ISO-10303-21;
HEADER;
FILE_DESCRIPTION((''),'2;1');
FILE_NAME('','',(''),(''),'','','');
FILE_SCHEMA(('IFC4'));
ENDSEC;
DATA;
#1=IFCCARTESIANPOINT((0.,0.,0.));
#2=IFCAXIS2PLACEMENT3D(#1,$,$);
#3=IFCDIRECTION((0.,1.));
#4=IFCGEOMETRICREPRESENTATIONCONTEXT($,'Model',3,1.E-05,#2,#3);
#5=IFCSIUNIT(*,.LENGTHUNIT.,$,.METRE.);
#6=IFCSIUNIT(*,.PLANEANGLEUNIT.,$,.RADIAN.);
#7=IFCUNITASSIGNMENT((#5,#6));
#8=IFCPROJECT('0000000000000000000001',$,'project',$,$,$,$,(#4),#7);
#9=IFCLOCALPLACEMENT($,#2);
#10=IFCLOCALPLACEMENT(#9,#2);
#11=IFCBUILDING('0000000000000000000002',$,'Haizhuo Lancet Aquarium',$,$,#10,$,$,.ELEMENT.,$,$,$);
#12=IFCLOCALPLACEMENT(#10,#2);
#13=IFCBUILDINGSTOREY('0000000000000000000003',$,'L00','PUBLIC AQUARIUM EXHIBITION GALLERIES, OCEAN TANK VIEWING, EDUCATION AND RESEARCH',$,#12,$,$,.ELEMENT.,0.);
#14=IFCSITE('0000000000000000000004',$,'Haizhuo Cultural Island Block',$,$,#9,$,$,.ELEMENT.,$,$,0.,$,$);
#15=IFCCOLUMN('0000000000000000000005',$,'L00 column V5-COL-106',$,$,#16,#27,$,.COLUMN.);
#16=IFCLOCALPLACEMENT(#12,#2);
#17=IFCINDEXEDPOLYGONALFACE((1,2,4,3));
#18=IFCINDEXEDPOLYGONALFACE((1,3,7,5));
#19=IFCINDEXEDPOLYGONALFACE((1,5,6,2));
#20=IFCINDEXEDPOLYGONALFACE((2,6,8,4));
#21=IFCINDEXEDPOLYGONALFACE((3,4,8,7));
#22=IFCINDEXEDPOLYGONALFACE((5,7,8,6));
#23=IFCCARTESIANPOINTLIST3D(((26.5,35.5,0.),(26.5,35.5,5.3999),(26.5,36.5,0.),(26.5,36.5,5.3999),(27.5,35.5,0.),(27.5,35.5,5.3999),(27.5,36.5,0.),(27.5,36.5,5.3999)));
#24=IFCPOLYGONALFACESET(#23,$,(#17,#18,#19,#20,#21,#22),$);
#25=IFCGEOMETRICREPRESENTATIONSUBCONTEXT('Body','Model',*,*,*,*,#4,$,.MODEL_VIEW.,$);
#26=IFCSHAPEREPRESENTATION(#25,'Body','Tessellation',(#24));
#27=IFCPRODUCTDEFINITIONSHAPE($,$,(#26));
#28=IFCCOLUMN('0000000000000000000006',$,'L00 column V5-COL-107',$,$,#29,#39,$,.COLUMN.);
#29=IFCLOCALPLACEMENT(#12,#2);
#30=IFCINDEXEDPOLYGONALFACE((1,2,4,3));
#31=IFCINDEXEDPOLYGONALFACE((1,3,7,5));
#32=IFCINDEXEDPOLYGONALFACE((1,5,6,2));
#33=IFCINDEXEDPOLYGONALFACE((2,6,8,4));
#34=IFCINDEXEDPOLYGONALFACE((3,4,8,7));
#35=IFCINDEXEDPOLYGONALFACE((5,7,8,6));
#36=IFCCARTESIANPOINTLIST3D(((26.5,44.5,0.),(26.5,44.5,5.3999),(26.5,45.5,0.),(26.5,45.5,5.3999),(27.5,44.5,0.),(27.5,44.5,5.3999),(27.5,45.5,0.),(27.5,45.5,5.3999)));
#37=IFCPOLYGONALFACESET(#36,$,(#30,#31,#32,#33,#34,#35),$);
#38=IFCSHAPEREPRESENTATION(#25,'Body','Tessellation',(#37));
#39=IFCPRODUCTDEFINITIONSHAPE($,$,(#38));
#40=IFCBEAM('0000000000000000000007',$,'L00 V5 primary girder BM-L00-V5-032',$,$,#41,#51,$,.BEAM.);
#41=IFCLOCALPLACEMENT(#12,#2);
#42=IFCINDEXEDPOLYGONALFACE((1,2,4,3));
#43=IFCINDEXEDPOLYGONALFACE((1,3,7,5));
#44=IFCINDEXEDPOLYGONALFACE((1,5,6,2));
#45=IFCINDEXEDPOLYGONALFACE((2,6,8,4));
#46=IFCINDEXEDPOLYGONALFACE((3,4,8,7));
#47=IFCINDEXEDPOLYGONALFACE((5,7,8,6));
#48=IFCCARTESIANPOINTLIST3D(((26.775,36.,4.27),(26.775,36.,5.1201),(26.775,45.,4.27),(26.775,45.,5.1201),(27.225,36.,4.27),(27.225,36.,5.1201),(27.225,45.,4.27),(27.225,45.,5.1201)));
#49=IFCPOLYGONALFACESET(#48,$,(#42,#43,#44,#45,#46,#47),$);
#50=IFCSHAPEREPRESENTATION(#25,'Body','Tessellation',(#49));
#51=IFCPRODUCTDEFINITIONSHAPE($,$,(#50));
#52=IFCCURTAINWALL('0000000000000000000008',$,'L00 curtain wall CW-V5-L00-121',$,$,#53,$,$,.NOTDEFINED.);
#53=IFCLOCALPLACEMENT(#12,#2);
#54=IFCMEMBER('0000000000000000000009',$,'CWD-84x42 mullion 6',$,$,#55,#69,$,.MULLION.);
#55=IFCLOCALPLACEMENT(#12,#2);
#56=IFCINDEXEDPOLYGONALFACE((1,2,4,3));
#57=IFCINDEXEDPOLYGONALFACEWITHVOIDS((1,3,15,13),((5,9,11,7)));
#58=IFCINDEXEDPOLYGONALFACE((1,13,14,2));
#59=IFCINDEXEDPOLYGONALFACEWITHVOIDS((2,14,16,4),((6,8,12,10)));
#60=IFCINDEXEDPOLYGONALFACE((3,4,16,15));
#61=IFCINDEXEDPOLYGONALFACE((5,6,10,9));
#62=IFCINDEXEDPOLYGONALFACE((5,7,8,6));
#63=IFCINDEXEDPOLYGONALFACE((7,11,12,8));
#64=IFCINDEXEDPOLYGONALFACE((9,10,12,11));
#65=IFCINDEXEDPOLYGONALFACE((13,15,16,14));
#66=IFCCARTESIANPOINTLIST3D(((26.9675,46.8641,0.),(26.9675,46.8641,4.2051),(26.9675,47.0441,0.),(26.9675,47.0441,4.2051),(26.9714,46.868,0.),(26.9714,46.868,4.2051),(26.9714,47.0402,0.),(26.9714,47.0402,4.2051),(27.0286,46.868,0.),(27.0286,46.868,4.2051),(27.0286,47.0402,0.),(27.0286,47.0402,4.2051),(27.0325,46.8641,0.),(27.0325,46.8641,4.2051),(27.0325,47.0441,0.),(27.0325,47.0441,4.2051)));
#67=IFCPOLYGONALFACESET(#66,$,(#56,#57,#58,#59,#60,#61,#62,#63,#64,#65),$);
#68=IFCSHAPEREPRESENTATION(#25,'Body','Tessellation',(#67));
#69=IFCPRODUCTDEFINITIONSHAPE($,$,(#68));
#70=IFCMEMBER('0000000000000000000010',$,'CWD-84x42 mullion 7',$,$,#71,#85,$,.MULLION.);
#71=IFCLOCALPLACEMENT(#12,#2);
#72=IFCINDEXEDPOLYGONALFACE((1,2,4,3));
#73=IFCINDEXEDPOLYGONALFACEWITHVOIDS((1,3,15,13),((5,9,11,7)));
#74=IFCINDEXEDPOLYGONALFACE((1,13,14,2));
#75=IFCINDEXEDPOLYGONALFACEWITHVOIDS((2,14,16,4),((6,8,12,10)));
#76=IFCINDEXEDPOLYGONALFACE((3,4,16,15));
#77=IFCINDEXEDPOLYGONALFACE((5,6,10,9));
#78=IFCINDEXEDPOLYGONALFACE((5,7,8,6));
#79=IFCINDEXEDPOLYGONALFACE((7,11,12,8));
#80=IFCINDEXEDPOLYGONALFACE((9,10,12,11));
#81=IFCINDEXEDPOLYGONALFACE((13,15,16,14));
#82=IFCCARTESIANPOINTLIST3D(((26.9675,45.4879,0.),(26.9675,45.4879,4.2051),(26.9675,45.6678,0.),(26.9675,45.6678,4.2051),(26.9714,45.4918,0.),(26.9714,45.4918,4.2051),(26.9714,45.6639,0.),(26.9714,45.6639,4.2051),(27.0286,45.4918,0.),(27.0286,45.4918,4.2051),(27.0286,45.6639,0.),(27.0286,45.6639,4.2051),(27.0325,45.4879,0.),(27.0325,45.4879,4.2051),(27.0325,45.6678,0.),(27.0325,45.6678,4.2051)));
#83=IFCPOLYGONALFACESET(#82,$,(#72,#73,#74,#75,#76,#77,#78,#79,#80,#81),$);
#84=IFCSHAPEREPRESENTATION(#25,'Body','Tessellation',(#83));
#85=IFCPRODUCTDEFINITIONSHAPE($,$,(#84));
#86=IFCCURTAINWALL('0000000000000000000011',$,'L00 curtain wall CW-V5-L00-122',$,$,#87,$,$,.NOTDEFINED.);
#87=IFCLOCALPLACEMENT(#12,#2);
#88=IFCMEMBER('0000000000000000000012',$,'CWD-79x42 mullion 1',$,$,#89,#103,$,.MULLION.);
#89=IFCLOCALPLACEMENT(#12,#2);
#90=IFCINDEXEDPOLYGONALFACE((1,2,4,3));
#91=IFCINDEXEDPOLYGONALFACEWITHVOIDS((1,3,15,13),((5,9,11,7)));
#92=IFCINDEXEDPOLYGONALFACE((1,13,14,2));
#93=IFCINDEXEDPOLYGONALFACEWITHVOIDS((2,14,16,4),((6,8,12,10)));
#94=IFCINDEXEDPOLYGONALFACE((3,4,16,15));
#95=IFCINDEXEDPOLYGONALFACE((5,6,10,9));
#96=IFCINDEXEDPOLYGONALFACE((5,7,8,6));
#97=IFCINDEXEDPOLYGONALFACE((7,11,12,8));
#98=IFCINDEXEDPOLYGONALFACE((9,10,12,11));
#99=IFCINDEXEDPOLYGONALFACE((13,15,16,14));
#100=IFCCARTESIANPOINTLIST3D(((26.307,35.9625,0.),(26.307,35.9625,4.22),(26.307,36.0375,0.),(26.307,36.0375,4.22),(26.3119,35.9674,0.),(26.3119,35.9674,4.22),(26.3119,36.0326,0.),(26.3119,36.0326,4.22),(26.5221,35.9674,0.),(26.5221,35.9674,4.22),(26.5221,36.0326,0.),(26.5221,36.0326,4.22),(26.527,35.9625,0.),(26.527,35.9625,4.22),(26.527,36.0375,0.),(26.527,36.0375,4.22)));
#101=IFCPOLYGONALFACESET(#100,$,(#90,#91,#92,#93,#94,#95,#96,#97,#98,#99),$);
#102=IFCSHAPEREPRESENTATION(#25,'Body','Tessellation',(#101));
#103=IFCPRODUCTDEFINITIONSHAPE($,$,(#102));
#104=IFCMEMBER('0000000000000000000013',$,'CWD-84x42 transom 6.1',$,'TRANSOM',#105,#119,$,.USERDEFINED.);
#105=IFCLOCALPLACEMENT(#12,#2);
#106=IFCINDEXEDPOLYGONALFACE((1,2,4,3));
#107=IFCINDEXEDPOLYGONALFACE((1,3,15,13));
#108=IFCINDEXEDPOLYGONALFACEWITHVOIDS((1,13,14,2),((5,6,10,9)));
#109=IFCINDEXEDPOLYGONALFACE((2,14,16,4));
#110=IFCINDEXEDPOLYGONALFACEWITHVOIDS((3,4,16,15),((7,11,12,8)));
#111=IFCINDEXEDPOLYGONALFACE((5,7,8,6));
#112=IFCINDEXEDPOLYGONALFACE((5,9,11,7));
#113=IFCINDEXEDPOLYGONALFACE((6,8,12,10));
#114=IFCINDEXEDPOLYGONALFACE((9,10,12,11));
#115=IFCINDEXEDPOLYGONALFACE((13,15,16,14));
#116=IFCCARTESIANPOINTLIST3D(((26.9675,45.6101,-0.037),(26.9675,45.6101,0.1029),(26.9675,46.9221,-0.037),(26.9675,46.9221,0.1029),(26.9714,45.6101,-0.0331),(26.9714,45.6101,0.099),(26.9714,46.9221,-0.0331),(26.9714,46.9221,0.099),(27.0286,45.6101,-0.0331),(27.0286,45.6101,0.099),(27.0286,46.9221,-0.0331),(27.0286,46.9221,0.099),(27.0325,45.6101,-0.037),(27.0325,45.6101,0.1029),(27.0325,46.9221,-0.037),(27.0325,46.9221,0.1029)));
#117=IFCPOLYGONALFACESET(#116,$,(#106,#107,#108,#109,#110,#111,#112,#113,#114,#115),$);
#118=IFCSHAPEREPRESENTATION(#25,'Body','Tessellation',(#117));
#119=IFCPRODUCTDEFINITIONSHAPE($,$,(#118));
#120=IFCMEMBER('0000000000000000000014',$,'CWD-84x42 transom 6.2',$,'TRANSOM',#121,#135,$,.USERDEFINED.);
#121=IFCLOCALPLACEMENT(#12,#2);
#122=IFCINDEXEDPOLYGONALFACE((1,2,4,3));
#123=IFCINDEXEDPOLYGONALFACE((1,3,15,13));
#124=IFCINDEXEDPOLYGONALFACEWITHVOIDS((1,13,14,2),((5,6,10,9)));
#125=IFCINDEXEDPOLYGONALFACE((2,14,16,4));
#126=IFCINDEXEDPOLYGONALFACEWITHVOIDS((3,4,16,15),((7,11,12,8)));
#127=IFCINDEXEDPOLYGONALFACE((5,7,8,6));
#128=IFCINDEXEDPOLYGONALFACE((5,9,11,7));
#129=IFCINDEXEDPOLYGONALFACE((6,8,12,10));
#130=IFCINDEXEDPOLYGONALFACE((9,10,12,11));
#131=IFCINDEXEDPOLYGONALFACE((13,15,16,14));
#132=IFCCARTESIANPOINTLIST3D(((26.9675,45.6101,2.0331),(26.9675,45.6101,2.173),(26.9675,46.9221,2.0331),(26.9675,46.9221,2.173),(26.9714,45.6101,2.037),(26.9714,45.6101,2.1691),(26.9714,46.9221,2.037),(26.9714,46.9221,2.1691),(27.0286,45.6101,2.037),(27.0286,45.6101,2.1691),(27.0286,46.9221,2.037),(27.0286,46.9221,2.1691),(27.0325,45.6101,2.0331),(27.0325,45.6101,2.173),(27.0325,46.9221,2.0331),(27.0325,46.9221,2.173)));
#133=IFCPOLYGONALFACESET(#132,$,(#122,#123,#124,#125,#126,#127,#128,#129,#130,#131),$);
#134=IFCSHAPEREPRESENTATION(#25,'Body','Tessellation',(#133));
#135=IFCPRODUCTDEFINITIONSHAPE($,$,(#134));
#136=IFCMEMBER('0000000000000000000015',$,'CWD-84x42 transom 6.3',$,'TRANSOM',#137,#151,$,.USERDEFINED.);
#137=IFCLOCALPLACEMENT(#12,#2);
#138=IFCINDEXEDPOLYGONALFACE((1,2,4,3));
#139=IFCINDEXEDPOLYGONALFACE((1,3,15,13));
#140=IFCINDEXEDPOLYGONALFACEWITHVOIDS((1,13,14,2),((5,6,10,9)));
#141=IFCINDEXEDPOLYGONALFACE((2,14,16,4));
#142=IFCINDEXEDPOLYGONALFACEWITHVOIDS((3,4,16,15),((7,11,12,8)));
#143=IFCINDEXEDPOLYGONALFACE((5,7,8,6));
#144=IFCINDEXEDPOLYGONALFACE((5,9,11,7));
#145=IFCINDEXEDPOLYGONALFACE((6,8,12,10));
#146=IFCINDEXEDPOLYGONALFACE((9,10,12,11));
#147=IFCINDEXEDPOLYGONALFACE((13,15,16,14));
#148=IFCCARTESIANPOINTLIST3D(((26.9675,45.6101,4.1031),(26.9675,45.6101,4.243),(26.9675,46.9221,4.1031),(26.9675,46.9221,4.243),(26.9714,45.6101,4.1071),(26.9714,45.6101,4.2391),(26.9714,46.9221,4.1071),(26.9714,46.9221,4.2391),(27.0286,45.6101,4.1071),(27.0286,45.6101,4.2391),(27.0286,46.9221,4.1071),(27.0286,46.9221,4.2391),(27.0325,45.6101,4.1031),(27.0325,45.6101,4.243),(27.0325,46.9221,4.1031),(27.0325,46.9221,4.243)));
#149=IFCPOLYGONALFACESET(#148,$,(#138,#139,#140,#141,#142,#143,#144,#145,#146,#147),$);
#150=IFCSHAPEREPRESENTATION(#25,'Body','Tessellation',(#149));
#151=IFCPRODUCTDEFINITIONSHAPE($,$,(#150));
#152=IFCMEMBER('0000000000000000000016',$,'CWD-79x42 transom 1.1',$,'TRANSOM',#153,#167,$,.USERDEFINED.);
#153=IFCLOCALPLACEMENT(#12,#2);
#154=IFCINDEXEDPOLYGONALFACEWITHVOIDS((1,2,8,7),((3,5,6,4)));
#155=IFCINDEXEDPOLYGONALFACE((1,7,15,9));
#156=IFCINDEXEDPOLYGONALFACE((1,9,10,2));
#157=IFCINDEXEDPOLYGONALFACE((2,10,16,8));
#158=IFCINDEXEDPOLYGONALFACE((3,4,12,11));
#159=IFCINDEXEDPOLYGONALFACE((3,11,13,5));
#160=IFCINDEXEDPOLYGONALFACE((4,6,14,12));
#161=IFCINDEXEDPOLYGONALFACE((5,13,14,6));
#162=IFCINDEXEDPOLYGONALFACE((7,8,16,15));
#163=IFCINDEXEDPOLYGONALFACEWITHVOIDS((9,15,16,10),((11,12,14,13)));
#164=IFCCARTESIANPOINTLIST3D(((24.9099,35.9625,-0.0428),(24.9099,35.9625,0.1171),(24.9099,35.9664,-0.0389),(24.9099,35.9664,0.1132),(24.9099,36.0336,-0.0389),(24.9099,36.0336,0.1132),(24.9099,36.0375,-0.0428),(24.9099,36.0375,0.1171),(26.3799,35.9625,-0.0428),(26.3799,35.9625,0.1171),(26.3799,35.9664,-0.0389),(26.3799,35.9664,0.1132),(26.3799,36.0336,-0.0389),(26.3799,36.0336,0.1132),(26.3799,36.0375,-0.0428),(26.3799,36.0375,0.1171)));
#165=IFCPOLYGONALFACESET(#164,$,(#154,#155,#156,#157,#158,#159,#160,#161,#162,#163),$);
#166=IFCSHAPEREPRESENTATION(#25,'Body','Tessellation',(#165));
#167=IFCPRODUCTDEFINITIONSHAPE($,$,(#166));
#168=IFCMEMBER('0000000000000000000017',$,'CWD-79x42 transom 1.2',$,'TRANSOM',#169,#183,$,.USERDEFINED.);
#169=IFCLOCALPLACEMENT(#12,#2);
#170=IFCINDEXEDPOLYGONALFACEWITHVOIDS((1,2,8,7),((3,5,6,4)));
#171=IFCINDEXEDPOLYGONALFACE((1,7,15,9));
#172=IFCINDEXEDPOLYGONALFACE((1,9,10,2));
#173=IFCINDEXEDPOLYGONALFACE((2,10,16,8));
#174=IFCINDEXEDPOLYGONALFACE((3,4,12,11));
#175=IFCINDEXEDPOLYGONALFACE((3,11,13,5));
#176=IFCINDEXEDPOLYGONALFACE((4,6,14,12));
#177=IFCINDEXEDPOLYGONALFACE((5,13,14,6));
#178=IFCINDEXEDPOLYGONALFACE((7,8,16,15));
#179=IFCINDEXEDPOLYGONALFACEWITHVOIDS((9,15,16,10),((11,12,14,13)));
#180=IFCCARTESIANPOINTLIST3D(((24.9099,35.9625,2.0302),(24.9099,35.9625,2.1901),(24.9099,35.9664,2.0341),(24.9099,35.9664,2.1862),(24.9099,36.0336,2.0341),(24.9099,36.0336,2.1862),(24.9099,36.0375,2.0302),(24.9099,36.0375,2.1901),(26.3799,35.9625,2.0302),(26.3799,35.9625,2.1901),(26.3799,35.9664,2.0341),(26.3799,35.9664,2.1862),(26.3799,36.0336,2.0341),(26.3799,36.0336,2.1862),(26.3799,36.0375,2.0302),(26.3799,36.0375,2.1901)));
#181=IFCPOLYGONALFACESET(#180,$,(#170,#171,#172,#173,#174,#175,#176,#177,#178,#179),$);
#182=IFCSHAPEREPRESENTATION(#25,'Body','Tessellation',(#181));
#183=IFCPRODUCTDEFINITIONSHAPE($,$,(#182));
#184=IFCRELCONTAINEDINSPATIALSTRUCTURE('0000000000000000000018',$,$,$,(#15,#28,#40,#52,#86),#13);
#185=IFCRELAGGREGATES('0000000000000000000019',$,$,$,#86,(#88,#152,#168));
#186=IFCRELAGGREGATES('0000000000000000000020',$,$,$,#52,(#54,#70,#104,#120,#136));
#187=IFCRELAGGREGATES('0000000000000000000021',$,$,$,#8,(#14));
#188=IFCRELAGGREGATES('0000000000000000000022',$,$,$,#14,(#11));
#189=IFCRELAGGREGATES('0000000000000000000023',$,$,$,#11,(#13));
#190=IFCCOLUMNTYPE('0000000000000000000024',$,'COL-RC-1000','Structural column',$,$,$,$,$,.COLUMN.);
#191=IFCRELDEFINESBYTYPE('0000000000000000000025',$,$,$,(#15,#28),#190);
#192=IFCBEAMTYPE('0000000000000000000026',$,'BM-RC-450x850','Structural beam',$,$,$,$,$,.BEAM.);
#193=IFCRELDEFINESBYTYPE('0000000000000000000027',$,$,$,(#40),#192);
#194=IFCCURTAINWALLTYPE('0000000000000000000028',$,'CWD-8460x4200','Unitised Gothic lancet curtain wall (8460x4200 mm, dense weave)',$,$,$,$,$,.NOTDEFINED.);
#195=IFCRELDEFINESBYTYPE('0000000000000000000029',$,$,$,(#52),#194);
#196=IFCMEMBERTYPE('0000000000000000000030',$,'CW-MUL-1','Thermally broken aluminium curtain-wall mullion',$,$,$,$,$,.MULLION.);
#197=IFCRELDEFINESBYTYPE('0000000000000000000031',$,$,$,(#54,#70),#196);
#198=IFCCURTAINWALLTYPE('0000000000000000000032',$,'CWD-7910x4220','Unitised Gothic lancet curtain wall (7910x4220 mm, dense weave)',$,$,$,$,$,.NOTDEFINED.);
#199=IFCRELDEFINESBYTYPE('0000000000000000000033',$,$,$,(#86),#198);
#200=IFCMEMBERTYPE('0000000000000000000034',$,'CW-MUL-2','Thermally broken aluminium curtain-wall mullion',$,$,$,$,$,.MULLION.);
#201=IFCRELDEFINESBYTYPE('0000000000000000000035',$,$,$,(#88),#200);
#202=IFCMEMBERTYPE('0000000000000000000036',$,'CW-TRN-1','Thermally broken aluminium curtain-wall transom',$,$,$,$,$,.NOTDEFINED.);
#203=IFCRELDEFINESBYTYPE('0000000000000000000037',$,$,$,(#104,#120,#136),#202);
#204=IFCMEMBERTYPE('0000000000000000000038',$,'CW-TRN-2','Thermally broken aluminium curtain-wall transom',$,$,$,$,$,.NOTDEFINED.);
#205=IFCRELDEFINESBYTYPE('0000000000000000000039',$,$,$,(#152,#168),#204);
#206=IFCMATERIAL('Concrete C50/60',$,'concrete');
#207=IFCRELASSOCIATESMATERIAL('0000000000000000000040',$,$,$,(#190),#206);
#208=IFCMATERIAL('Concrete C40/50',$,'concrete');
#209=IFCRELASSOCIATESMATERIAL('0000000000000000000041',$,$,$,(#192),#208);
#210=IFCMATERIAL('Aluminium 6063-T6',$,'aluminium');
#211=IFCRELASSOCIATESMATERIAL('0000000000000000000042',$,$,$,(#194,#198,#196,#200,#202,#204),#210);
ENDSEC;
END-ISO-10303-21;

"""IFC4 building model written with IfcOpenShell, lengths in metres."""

from ifc_helpers import new_model, si_unit, direction, frame, origin, origin_2d, place, context, subcontext, project, spatial, rectangle, hollow_rectangle, extrude, material, material_profile, profile_set, type_object, element, aggregate, save


model = new_model("IFC4")

# Units and contexts
model_context = context("Model", 3, precision=1e-05, world=origin(), true_north=direction((0.0, 1.0)))
body_context = subcontext(model_context, "Body", "Model", "MODEL_VIEW")
ifc_project = project(units=[si_unit("LENGTHUNIT", "METRE"), si_unit("PLANEANGLEUNIT", "RADIAN")], contexts=[model_context])

# Site, building, storey
site_placement = place(None, origin())
site = spatial("IfcSite", under=ifc_project, at=site_placement, Name="Haizhuo Cultural Island Block", CompositionType="ELEMENT", RefElevation=0.0)
building_placement = place(site_placement, origin())
building = spatial("IfcBuilding", under=site, at=building_placement, Name="Haizhuo Lancet Aquarium", CompositionType="ELEMENT")
storey_placement = place(building_placement, origin())
storey = spatial("IfcBuildingStorey", under=building, at=storey_placement, Name="L00", Description="PUBLIC AQUARIUM EXHIBITION GALLERIES, OCEAN TANK VIEWING, EDUCATION AND RESEARCH", CompositionType="ELEMENT", Elevation=0.0)

# Columns
ifc_material_1 = material(Name="Concrete C50/60", Category="concrete")
ifc_material_profile_1 = material_profile(ifc_material_1, rectangle(XDim=1.0, YDim=1.0, at=origin_2d()), Name="RC-COL 1000x1000")
ifc_profile_set_1 = profile_set([ifc_material_profile_1], Name="Concrete C50/60")
column_type = type_object("IfcColumnType", Name="COL-RC-1000", Description="Structural column", PredefinedType="COLUMN", material=ifc_profile_set_1)
for number, where, z_axis, x_axis, name in (
    (1, (27.0, 36.0, 0.0), (0.0, 0.0, 1.0), (1.0, 0.0, 0.0), "L00 column V5-COL-106"),
    (2, (27.0, 45.0, 0.0), (0.0, 0.0, 1.0), (1.0, 0.0, 0.0), "L00 column V5-COL-107"),
):
    element("IfcColumn", number, at=place(storey_placement, frame(where, z_axis=z_axis, x_axis=x_axis)), inside=storey, type_object=column_type, Name=name, PredefinedType="COLUMN", context=body_context, shape_type="SweptSolid", body=[
        extrude(rectangle(XDim=1.0, YDim=1.0, at=origin_2d()), origin(), (0.0, 0.0, 1.0), 5.3999),
    ])

# Beam
ifc_material_2 = material(Name="Concrete C40/50", Category="concrete")
ifc_material_profile_2 = material_profile(ifc_material_2, rectangle(XDim=0.45, YDim=0.8501, at=origin_2d()), Name="RC-BM 450x850")
ifc_profile_set_2 = profile_set([ifc_material_profile_2], Name="Concrete C40/50")
beam_type = type_object("IfcBeamType", Name="BM-RC-450x850", Description="Structural beam", PredefinedType="BEAM", material=ifc_profile_set_2)
beam_placement = place(storey_placement, frame((27.0, 36.0, 4.6951), z_axis=(0.0, 1.0, 0.0), x_axis=(-1.0, 0.0, 0.0)))
element("IfcBeam", 3, at=beam_placement, inside=storey, type_object=beam_type, Name="L00 V5 primary girder BM-L00-V5-032", PredefinedType="BEAM", context=body_context, shape_type="SweptSolid", body=[
    extrude(rectangle(XDim=0.45, YDim=0.8501, at=origin_2d()), origin(), (0.0, 0.0, 1.0), 9.0),
])

# Curtain wall, members
ifc_material_3 = material(Name="Aluminium 6063-T6", Category="aluminium")
curtain_wall_type_1 = type_object("IfcCurtainWallType", Name="CWD-8460x4200", Description="Unitised Gothic lancet curtain wall (8460x4200 mm, dense weave)", PredefinedType="NOTDEFINED", material=ifc_material_3)
curtain_wall_1_placement = place(storey_placement, origin())
curtain_wall_1 = element("IfcCurtainWall", 4, at=curtain_wall_1_placement, inside=storey, type_object=curtain_wall_type_1, Name="L00 curtain wall CW-V5-L00-121", PredefinedType="NOTDEFINED")
ifc_material_profile_3 = material_profile(ifc_material_3, hollow_rectangle(XDim=0.0649, YDim=0.1799, WallThickness=0.0039, at=origin_2d()), Name="ALU-M 65x180x4")
ifc_profile_set_3 = profile_set([ifc_material_profile_3], Name="Aluminium 6063-T6")
member_type_1 = type_object("IfcMemberType", Name="CW-MUL-1", Description="Thermally broken aluminium curtain-wall mullion", PredefinedType="MULLION", material=ifc_profile_set_3)
member_1_placement = place(storey_placement, frame((27.0, 46.9541, 0.0), z_axis=(0.0, 0.0, 1.0), x_axis=(1.0, 0.0, 0.0)))
member_1 = element("IfcMember", 5, at=member_1_placement, type_object=member_type_1, Name="CWD-84x42 mullion 6", PredefinedType="MULLION", context=body_context, shape_type="SweptSolid", body=[
    extrude(hollow_rectangle(XDim=0.0649, YDim=0.1799, WallThickness=0.0039, at=origin_2d()), origin(), (0.0, 0.0, 1.0), 4.2051),
])
member_2_placement = place(storey_placement, frame((27.0, 45.5779, 0.0), z_axis=(0.0, 0.0, 1.0), x_axis=(1.0, 0.0, 0.0)))
member_2 = element("IfcMember", 6, at=member_2_placement, type_object=member_type_1, Name="CWD-84x42 mullion 7", PredefinedType="MULLION", context=body_context, shape_type="SweptSolid", body=[
    extrude(hollow_rectangle(XDim=0.0649, YDim=0.1799, WallThickness=0.0039, at=origin_2d()), origin(), (0.0, 0.0, 1.0), 4.2051),
])

# Curtain wall, member
curtain_wall_type_2 = type_object("IfcCurtainWallType", Name="CWD-7910x4220", Description="Unitised Gothic lancet curtain wall (7910x4220 mm, dense weave)", PredefinedType="NOTDEFINED", material=ifc_material_3)
curtain_wall_2_placement = place(storey_placement, origin())
curtain_wall_2 = element("IfcCurtainWall", 7, at=curtain_wall_2_placement, inside=storey, type_object=curtain_wall_type_2, Name="L00 curtain wall CW-V5-L00-122", PredefinedType="NOTDEFINED")
ifc_material_profile_4 = material_profile(ifc_material_3, hollow_rectangle(XDim=0.075, YDim=0.22, WallThickness=0.0049, at=origin_2d()), Name="ALU-M 75x220x5")
ifc_profile_set_4 = profile_set([ifc_material_profile_4], Name="Aluminium 6063-T6")
member_type_2 = type_object("IfcMemberType", Name="CW-MUL-2", Description="Thermally broken aluminium curtain-wall mullion", PredefinedType="MULLION", material=ifc_profile_set_4)
member_3_placement = place(storey_placement, frame((26.417, 36.0, 0.0), z_axis=(0.0, 0.0, 1.0), x_axis=(0.0, -1.0, 0.0)))
member_3 = element("IfcMember", 8, at=member_3_placement, type_object=member_type_2, Name="CWD-79x42 mullion 1", PredefinedType="MULLION", context=body_context, shape_type="SweptSolid", body=[
    extrude(hollow_rectangle(XDim=0.075, YDim=0.22, WallThickness=0.0049, at=origin_2d()), origin(), (0.0, 0.0, 1.0), 4.22),
])

# Members
ifc_material_profile_5 = material_profile(ifc_material_3, hollow_rectangle(XDim=0.0649, YDim=0.1399, WallThickness=0.0039, at=origin_2d()), Name="ALU-T 65x140x4")
ifc_profile_set_5 = profile_set([ifc_material_profile_5], Name="Aluminium 6063-T6")
member_type_3 = type_object("IfcMemberType", Name="CW-TRN-1", Description="Thermally broken aluminium curtain-wall transom", PredefinedType="NOTDEFINED", material=ifc_profile_set_5)
member_4_placement = place(storey_placement, frame((27.0, 46.9221, 0.033), z_axis=(0.0, -1.0, 0.0), x_axis=(1.0, 0.0, 0.0)))
member_4 = element("IfcMember", 9, at=member_4_placement, type_object=member_type_3, Name="CWD-84x42 transom 6.1", ObjectType="TRANSOM", PredefinedType="USERDEFINED", context=body_context, shape_type="SweptSolid", body=[
    extrude(hollow_rectangle(XDim=0.0649, YDim=0.1399, WallThickness=0.0039, at=origin_2d()), origin(), (0.0, 0.0, 1.0), 1.312),
])
member_5_placement = place(storey_placement, frame((27.0, 46.9221, 2.103), z_axis=(0.0, -1.0, 0.0), x_axis=(1.0, 0.0, 0.0)))
member_5 = element("IfcMember", 10, at=member_5_placement, type_object=member_type_3, Name="CWD-84x42 transom 6.2", ObjectType="TRANSOM", PredefinedType="USERDEFINED", context=body_context, shape_type="SweptSolid", body=[
    extrude(hollow_rectangle(XDim=0.0649, YDim=0.1399, WallThickness=0.0039, at=origin_2d()), origin(), (0.0, 0.0, 1.0), 1.312),
])
member_6_placement = place(storey_placement, frame((27.0, 46.9221, 4.1731), z_axis=(0.0, -1.0, 0.0), x_axis=(1.0, 0.0, 0.0)))
member_6 = element("IfcMember", 11, at=member_6_placement, type_object=member_type_3, Name="CWD-84x42 transom 6.3", ObjectType="TRANSOM", PredefinedType="USERDEFINED", context=body_context, shape_type="SweptSolid", body=[
    extrude(hollow_rectangle(XDim=0.0649, YDim=0.1399, WallThickness=0.0039, at=origin_2d()), origin(), (0.0, 0.0, 1.0), 1.312),
])
ifc_material_profile_6 = material_profile(ifc_material_3, hollow_rectangle(XDim=0.075, YDim=0.1599, WallThickness=0.0039, at=origin_2d()), Name="ALU-T 75x160x4")
ifc_profile_set_6 = profile_set([ifc_material_profile_6], Name="Aluminium 6063-T6")
member_type_4 = type_object("IfcMemberType", Name="CW-TRN-2", Description="Thermally broken aluminium curtain-wall transom", PredefinedType="NOTDEFINED", material=ifc_profile_set_6)
member_7_placement = place(storey_placement, frame((26.3799, 36.0, 0.0371), z_axis=(-1.0, 0.0, 0.0), x_axis=(0.0, -1.0, 0.0)))
member_7 = element("IfcMember", 12, at=member_7_placement, type_object=member_type_4, Name="CWD-79x42 transom 1.1", ObjectType="TRANSOM", PredefinedType="USERDEFINED", context=body_context, shape_type="SweptSolid", body=[
    extrude(hollow_rectangle(XDim=0.075, YDim=0.1599, WallThickness=0.0039, at=origin_2d()), origin(), (0.0, 0.0, 1.0), 1.47),
])
member_8_placement = place(storey_placement, frame((26.3799, 36.0, 2.1101), z_axis=(-1.0, 0.0, 0.0), x_axis=(0.0, -1.0, 0.0)))
member_8 = element("IfcMember", 13, at=member_8_placement, type_object=member_type_4, Name="CWD-79x42 transom 1.2", ObjectType="TRANSOM", PredefinedType="USERDEFINED", context=body_context, shape_type="SweptSolid", body=[
    extrude(hollow_rectangle(XDim=0.075, YDim=0.1599, WallThickness=0.0039, at=origin_2d()), origin(), (0.0, 0.0, 1.0), 1.47),
])
aggregate(curtain_wall_2, [member_3, member_7, member_8])

aggregate(curtain_wall_1, [member_1, member_2, member_4, member_5, member_6])

save(model, "model.ifc")
